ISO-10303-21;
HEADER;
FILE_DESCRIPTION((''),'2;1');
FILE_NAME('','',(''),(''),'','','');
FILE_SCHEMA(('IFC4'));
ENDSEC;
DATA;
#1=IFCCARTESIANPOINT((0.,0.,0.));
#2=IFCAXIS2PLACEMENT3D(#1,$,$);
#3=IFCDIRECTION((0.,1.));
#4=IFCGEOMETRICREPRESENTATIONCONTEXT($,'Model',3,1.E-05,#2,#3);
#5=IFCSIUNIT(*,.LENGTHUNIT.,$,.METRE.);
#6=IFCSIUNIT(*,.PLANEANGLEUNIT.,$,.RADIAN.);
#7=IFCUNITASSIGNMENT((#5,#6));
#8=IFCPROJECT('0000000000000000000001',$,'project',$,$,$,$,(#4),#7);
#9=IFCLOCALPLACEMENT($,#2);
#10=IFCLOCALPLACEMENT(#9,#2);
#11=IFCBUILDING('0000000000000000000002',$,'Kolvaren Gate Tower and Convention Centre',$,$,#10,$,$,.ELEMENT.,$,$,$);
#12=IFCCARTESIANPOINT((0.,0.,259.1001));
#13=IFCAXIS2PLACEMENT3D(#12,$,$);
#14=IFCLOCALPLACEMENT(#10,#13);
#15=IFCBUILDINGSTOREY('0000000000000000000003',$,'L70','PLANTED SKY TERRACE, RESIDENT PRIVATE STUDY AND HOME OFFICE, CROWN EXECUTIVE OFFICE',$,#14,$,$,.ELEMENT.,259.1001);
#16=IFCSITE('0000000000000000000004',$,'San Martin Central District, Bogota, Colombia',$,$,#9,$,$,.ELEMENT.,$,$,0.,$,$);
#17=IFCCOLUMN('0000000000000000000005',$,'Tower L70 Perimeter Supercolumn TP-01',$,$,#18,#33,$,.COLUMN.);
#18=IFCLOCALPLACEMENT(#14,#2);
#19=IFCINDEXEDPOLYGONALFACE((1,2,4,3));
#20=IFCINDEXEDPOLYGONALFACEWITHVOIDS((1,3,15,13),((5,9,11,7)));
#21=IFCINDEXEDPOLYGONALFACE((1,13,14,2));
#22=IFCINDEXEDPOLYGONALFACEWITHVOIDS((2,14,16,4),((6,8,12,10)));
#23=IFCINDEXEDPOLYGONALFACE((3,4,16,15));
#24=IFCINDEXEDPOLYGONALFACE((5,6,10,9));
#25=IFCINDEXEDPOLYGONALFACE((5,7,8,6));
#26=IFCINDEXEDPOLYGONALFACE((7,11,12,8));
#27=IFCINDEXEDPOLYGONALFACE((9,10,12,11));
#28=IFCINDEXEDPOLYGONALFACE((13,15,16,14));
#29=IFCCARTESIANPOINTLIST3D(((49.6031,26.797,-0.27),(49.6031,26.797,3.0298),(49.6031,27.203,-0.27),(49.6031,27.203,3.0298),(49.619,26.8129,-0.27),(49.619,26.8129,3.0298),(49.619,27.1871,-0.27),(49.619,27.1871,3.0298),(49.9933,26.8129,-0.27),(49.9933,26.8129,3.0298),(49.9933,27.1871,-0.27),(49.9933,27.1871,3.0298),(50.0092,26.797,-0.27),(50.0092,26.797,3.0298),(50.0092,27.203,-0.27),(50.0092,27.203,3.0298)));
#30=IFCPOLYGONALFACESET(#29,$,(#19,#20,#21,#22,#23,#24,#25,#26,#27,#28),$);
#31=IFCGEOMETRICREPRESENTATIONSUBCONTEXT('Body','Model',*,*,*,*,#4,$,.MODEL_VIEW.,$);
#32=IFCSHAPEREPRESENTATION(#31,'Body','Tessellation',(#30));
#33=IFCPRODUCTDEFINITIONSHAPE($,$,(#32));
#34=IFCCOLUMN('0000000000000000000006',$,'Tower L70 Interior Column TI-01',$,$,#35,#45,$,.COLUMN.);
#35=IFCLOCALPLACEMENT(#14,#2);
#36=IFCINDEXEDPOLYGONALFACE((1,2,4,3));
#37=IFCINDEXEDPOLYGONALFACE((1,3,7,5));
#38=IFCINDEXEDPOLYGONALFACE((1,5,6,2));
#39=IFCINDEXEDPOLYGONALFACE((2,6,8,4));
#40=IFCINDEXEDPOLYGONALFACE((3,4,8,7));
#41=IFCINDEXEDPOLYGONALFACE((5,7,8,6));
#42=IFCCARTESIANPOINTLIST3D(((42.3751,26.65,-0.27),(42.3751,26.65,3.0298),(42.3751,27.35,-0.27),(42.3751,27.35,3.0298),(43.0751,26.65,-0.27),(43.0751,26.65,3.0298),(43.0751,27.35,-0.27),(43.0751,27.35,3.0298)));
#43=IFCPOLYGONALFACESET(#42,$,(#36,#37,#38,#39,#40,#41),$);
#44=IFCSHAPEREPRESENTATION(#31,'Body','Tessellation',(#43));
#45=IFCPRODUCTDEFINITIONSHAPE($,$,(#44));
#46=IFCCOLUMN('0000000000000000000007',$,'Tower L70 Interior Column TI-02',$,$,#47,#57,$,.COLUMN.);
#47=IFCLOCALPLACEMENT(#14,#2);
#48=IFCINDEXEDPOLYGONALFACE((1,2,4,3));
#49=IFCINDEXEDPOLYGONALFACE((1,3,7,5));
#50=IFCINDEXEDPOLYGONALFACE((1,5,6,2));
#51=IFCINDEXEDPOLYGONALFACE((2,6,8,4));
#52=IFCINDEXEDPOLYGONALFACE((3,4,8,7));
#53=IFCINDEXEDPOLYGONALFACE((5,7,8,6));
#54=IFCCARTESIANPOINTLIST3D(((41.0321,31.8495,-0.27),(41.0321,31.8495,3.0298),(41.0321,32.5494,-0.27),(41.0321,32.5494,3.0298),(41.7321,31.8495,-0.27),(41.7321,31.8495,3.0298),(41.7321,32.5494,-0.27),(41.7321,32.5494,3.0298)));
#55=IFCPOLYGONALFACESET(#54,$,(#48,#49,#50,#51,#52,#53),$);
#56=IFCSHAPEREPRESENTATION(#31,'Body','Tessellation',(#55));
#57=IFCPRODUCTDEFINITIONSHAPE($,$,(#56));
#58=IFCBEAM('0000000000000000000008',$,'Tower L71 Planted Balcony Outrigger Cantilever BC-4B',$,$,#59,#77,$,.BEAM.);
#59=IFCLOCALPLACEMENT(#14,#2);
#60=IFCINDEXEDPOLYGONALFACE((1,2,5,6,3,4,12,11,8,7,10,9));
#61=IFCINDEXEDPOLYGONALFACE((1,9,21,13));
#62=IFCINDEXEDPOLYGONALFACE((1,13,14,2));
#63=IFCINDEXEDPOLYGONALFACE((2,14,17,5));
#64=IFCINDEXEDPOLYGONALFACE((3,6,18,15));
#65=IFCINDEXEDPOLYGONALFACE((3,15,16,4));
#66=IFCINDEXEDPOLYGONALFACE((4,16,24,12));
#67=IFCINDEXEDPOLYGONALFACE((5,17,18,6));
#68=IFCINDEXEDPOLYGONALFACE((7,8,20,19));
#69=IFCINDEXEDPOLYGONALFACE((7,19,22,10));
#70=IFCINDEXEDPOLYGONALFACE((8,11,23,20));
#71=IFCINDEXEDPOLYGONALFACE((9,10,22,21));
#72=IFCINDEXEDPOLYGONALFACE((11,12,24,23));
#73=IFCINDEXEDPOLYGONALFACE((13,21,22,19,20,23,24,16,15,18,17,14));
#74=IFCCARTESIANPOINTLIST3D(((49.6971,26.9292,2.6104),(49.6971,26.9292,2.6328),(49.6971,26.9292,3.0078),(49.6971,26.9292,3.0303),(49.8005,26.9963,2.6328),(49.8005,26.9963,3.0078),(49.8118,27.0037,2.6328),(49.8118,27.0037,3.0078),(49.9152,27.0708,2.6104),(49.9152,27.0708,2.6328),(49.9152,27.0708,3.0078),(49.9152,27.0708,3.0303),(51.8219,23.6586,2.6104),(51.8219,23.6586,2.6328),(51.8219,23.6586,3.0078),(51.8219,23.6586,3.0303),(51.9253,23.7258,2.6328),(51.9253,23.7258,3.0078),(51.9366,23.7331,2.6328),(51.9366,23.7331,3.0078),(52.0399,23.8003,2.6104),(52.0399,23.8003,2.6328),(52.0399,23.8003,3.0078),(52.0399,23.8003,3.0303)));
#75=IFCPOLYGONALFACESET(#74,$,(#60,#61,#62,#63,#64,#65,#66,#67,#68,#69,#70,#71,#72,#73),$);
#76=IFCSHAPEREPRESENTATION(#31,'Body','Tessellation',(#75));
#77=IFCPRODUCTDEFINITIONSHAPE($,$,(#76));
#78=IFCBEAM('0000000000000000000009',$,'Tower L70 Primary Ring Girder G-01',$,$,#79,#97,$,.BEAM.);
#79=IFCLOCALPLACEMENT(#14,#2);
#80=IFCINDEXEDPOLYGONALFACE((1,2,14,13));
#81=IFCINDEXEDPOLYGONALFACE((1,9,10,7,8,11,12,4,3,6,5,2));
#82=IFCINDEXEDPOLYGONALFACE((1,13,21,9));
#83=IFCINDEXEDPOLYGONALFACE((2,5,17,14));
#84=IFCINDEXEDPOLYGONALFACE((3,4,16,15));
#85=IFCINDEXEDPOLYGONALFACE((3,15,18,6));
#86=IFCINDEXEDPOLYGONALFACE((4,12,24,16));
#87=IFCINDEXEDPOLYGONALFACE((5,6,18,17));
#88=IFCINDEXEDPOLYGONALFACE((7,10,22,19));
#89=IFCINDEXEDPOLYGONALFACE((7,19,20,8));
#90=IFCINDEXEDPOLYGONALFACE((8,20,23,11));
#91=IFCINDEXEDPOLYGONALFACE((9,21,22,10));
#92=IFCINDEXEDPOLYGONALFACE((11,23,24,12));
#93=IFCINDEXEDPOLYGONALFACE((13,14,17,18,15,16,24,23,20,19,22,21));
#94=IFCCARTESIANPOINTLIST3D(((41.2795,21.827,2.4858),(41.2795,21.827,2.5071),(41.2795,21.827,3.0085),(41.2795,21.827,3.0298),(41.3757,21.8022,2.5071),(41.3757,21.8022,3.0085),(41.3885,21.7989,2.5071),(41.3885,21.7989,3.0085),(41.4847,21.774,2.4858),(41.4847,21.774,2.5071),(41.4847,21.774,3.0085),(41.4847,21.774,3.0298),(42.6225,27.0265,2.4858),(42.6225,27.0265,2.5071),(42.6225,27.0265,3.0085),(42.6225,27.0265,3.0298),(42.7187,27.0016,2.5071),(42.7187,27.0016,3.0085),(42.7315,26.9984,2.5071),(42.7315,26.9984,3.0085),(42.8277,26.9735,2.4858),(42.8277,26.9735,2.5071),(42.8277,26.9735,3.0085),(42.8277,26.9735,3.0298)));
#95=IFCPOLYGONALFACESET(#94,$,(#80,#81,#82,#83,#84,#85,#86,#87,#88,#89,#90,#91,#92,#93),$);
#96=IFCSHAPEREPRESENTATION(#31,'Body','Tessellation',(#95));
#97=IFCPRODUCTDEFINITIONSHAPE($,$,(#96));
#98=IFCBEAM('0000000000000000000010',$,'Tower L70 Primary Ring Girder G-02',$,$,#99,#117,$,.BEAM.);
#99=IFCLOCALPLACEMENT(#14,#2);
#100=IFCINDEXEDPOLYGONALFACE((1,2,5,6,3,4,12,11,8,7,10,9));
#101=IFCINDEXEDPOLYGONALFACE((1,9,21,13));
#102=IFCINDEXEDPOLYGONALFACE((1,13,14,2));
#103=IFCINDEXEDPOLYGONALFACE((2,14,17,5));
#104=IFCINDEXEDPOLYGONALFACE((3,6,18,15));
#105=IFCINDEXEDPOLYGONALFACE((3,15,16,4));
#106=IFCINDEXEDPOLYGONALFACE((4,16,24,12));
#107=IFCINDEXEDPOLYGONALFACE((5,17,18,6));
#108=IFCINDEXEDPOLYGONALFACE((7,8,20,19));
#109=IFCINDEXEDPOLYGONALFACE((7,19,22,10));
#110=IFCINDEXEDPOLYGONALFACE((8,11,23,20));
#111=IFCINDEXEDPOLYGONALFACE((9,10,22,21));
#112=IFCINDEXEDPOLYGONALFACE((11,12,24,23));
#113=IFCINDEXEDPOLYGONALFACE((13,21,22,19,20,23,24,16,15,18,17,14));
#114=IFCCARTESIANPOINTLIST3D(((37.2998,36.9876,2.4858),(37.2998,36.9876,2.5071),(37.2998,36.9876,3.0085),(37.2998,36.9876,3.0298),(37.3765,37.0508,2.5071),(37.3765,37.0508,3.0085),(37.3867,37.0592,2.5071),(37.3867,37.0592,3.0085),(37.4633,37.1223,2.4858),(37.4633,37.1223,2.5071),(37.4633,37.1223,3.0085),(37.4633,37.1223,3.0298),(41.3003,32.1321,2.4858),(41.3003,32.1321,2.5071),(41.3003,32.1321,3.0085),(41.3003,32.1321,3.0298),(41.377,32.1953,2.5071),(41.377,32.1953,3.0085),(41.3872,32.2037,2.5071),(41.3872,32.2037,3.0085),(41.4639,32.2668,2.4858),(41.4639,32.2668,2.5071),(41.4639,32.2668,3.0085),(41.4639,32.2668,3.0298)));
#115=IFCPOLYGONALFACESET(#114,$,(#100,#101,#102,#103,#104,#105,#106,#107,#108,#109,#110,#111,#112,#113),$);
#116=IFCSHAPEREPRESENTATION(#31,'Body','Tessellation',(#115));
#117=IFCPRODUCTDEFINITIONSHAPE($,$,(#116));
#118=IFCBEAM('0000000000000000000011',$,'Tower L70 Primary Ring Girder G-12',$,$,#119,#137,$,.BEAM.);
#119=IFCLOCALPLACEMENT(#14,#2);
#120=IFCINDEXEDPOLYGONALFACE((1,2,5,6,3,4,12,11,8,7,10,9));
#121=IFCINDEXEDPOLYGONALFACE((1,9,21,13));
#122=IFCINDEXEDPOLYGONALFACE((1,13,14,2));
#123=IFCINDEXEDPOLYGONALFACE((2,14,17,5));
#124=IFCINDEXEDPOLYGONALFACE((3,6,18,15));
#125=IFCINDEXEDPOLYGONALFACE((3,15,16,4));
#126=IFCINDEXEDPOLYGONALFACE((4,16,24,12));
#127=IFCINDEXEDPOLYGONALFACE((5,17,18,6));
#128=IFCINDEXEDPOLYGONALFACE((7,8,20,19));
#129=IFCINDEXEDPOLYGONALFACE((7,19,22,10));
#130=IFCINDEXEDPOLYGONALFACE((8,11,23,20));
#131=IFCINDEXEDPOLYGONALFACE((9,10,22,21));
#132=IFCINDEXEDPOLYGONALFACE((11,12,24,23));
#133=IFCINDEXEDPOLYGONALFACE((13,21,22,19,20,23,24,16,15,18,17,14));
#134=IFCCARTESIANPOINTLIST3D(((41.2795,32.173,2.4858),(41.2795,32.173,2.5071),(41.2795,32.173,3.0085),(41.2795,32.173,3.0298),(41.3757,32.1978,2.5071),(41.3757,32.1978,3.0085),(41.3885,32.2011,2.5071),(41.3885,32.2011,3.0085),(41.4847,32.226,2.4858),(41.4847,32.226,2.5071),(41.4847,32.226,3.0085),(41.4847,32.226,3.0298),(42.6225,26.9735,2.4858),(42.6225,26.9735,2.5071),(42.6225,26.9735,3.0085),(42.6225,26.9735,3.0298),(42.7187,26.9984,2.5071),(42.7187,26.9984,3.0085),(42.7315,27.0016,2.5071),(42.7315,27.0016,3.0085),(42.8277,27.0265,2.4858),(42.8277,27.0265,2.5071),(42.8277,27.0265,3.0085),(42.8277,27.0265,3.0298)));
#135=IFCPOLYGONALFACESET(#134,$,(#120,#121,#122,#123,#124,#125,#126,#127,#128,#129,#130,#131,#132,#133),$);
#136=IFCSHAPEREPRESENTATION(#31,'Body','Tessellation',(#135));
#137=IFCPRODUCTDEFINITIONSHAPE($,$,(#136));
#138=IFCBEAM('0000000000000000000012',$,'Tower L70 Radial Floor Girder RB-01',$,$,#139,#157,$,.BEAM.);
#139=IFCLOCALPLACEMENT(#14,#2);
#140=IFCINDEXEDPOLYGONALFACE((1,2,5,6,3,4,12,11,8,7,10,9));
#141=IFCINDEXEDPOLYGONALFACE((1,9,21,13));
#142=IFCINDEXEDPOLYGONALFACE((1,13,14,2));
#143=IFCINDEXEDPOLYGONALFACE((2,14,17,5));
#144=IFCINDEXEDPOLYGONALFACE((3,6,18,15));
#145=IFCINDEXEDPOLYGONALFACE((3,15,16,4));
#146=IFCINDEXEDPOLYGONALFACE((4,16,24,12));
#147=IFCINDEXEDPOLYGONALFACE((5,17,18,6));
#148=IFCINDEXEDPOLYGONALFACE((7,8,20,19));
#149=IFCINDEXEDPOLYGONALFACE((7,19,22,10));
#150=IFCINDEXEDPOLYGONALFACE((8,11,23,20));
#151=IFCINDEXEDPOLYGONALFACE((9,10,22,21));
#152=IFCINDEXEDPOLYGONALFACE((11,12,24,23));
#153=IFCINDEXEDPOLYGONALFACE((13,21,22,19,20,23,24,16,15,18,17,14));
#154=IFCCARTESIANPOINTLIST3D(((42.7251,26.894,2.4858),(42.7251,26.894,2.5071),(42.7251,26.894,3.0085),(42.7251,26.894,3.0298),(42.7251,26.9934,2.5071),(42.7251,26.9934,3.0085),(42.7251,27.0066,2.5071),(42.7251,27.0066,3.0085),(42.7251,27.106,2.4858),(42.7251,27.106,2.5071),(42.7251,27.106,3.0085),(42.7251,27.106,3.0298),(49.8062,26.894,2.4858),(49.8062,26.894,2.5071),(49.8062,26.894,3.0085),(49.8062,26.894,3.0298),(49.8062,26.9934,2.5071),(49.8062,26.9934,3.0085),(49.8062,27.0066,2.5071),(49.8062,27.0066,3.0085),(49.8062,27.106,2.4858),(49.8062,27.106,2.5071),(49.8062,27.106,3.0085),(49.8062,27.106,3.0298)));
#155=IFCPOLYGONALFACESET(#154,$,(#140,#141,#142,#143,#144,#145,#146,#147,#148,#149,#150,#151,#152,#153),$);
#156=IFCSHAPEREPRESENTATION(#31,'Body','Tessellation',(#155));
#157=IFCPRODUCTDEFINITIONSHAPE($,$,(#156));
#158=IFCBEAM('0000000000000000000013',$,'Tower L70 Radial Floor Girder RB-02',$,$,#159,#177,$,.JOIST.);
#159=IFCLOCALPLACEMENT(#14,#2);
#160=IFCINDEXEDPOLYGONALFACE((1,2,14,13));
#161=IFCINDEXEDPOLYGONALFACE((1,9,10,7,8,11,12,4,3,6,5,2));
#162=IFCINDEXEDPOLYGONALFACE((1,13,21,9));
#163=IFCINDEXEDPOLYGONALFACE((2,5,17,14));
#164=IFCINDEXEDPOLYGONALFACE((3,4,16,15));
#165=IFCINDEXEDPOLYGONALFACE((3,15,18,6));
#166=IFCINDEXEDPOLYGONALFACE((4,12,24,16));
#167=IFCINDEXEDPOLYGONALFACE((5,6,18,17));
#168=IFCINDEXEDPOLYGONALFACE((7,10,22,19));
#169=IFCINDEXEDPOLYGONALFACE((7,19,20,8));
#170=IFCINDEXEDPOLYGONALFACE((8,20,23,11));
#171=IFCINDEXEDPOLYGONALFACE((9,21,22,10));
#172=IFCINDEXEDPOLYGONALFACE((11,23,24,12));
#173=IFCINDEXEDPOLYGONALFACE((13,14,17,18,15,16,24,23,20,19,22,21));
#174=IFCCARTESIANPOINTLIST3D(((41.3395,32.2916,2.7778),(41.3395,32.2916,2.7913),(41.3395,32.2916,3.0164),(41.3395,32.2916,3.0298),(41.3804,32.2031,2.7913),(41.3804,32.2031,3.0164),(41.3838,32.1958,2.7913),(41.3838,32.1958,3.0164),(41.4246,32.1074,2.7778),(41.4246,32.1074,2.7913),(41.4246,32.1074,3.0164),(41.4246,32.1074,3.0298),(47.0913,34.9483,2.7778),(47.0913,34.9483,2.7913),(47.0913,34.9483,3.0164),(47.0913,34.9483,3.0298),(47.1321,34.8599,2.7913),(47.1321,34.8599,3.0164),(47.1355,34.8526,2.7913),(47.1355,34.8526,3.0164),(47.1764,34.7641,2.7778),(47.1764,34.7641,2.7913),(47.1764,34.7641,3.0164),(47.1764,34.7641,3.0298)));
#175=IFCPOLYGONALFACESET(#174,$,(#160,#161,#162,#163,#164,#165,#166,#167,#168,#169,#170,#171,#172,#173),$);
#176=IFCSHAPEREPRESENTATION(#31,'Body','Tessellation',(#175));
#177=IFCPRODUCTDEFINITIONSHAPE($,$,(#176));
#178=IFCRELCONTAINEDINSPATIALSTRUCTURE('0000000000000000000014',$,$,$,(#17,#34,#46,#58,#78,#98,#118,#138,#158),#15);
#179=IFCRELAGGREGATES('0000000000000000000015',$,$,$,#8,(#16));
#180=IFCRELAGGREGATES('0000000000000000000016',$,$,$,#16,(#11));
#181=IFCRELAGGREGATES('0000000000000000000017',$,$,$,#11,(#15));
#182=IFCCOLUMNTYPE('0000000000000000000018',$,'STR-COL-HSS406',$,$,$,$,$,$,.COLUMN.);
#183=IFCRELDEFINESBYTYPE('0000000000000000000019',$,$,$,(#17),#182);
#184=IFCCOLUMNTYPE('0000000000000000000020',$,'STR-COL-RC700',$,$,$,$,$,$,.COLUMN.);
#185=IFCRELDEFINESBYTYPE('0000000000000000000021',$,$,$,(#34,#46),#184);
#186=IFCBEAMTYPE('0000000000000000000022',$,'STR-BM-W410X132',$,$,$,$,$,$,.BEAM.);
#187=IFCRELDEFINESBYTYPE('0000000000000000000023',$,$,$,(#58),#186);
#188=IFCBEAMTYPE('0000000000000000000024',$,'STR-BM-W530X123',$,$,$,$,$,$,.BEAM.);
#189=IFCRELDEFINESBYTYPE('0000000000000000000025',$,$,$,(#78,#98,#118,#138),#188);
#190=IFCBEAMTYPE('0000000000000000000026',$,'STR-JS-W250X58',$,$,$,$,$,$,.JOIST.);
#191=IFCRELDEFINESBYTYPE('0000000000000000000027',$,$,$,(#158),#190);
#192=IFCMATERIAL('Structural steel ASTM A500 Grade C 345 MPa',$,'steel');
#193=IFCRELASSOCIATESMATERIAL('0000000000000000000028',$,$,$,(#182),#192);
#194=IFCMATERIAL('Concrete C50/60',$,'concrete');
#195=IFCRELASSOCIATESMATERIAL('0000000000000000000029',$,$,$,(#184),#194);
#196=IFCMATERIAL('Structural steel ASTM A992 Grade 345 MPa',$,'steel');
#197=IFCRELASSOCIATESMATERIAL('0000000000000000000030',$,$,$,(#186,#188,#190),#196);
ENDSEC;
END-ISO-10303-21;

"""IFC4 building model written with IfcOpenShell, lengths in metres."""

from ifc_helpers import new_model, si_unit, direction, frame, origin, origin_2d, place, context, subcontext, project, spatial, rectangle, hollow_rectangle, i_section, extrude, material, material_profile, profile_set, type_object, element, save


model = new_model("IFC4")

# Units and contexts
model_context = context("Model", 3, precision=1e-05, world=origin(), true_north=direction((0.0, 1.0)))
body_context = subcontext(model_context, "Body", "Model", "MODEL_VIEW")
ifc_project = project(units=[si_unit("LENGTHUNIT", "METRE"), si_unit("PLANEANGLEUNIT", "RADIAN")], contexts=[model_context])

# Site, building, storey
site_placement = place(None, origin())
site = spatial("IfcSite", under=ifc_project, at=site_placement, Name="San Martin Central District, Bogota, Colombia", CompositionType="ELEMENT", RefElevation=0.0)
building_placement = place(site_placement, origin())
building = spatial("IfcBuilding", under=site, at=building_placement, Name="Kolvaren Gate Tower and Convention Centre", CompositionType="ELEMENT")
storey_placement = place(building_placement, frame((0.0, 0.0, 259.1001)))
storey = spatial("IfcBuildingStorey", under=building, at=storey_placement, Name="L70", Description="PLANTED SKY TERRACE, RESIDENT PRIVATE STUDY AND HOME OFFICE, CROWN EXECUTIVE OFFICE", CompositionType="ELEMENT", Elevation=259.1001)

# Columns
ifc_material_1 = material(Name="Structural steel ASTM A500 Grade C 345 MPa", Category="steel")
ifc_material_profile_1 = material_profile(ifc_material_1, hollow_rectangle(XDim=0.406, YDim=0.406, WallThickness=0.0159, at=origin_2d()), Name="HSS406X406X15.9")
ifc_profile_set_1 = profile_set([ifc_material_profile_1], Name="Structural steel ASTM A500 Grade C 345 MPa")
column_type_1 = type_object("IfcColumnType", Name="STR-COL-HSS406", PredefinedType="COLUMN", material=ifc_profile_set_1)
column_placement = place(storey_placement, frame((49.8062, 27.0, -0.27), z_axis=(0.0, 0.0, 1.0), x_axis=(1.0, 0.0, 0.0)))
element("IfcColumn", 1, at=column_placement, inside=storey, type_object=column_type_1, Name="Tower L70 Perimeter Supercolumn TP-01", PredefinedType="COLUMN", context=body_context, shape_type="SweptSolid", body=[
    extrude(hollow_rectangle(XDim=0.406, YDim=0.406, WallThickness=0.0159, at=origin_2d()), origin(), (0.0, 0.0, 1.0), 3.2998),
])
ifc_material_2 = material(Name="Concrete C50/60", Category="concrete")
ifc_material_profile_2 = material_profile(ifc_material_2, rectangle(XDim=0.7, YDim=0.7, at=origin_2d()), Name="RC-COL-700X700")
ifc_profile_set_2 = profile_set([ifc_material_profile_2], Name="Concrete C50/60")
column_type_2 = type_object("IfcColumnType", Name="STR-COL-RC700", PredefinedType="COLUMN", material=ifc_profile_set_2)
for number, where, z_axis, x_axis, name in (
    (2, (42.7251, 27.0, -0.27), (0.0, 0.0, 1.0), (1.0, 0.0, 0.0), "Tower L70 Interior Column TI-01"),
    (3, (41.3821, 32.1995, -0.27), (0.0, 0.0, 1.0), (1.0, 0.0, 0.0), "Tower L70 Interior Column TI-02"),
):
    element("IfcColumn", number, at=place(storey_placement, frame(where, z_axis=z_axis, x_axis=x_axis)), inside=storey, type_object=column_type_2, Name=name, PredefinedType="COLUMN", context=body_context, shape_type="SweptSolid", body=[
        extrude(rectangle(XDim=0.7, YDim=0.7, at=origin_2d()), origin(), (0.0, 0.0, 1.0), 3.2998),
    ])

# Beams
ifc_material_3 = material(Name="Structural steel ASTM A992 Grade 345 MPa", Category="steel")
ifc_material_profile_3 = material_profile(ifc_material_3, i_section(OverallWidth=0.26, OverallDepth=0.4199, WebThickness=0.0134, FlangeThickness=0.0225, at=origin_2d()), Name="W410X132")
ifc_profile_set_3 = profile_set([ifc_material_profile_3], Name="Structural steel ASTM A992 Grade 345 MPa")
beam_type_1 = type_object("IfcBeamType", Name="STR-BM-W410X132", PredefinedType="BEAM", material=ifc_profile_set_3)
beam_1_placement = place(storey_placement, frame((49.8062, 27.0, 2.8203), z_axis=(0.544795, -0.838569, 0.0), x_axis=(0.838569, 0.544795, 0.0)))
element("IfcBeam", 4, at=beam_1_placement, inside=storey, type_object=beam_type_1, Name="Tower L71 Planted Balcony Outrigger Cantilever BC-4B", PredefinedType="BEAM", context=body_context, shape_type="SweptSolid", body=[
    extrude(i_section(OverallWidth=0.26, OverallDepth=0.4199, WebThickness=0.0134, FlangeThickness=0.0225, at=origin_2d()), origin(), (0.0, 0.0, 1.0), 3.9001),
])
ifc_material_profile_4 = material_profile(ifc_material_3, i_section(OverallWidth=0.2119, OverallDepth=0.5439, WebThickness=0.0132, FlangeThickness=0.0212, at=origin_2d()), Name="W530X123")
ifc_profile_set_4 = profile_set([ifc_material_profile_4], Name="Structural steel ASTM A992 Grade 345 MPa")
beam_type_2 = type_object("IfcBeamType", Name="STR-BM-W530X123", PredefinedType="BEAM", material=ifc_profile_set_4)
beam_2_placement = place(storey_placement, frame((42.7251, 27.0, 2.7578), z_axis=(-0.250091, -0.968222, 0.0), x_axis=(0.968222, -0.250091, 0.0)))
element("IfcBeam", 5, at=beam_2_placement, inside=storey, type_object=beam_type_2, Name="Tower L70 Primary Ring Girder G-01", PredefinedType="BEAM", context=body_context, shape_type="SweptSolid", body=[
    extrude(i_section(OverallWidth=0.2119, OverallDepth=0.5439, WebThickness=0.0132, FlangeThickness=0.0212, at=origin_2d()), origin(), (0.0, 0.0, 1.0), 5.3701),
])
beam_3_placement = place(storey_placement, frame((41.3821, 32.1995, 2.7578), z_axis=(-0.635884, 0.771785, 0.0), x_axis=(-0.771785, -0.635884, 0.0)))
element("IfcBeam", 6, at=beam_3_placement, inside=storey, type_object=beam_type_2, Name="Tower L70 Primary Ring Girder G-02", PredefinedType="BEAM", context=body_context, shape_type="SweptSolid", body=[
    extrude(i_section(OverallWidth=0.2119, OverallDepth=0.5439, WebThickness=0.0132, FlangeThickness=0.0212, at=origin_2d()), origin(), (0.0, 0.0, 1.0), 6.2913),
])
beam_4_placement = place(storey_placement, frame((42.7251, 27.0, 2.7578), z_axis=(-0.250091, 0.968222, 0.0), x_axis=(-0.968222, -0.250091, 0.0)))
element("IfcBeam", 7, at=beam_4_placement, inside=storey, type_object=beam_type_2, Name="Tower L70 Primary Ring Girder G-12", PredefinedType="BEAM", context=body_context, shape_type="SweptSolid", body=[
    extrude(i_section(OverallWidth=0.2119, OverallDepth=0.5439, WebThickness=0.0132, FlangeThickness=0.0212, at=origin_2d()), origin(), (0.0, 0.0, 1.0), 5.3701),
])
beam_5_placement = place(storey_placement, frame((42.7251, 27.0, 2.7578), z_axis=(1.0, 0.0, 0.0), x_axis=(0.0, 1.0, 0.0)))
element("IfcBeam", 8, at=beam_5_placement, inside=storey, type_object=beam_type_2, Name="Tower L70 Radial Floor Girder RB-01", PredefinedType="BEAM", context=body_context, shape_type="SweptSolid", body=[
    extrude(i_section(OverallWidth=0.2119, OverallDepth=0.5439, WebThickness=0.0132, FlangeThickness=0.0212, at=origin_2d()), origin(), (0.0, 0.0, 1.0), 7.0811),
])
ifc_material_profile_5 = material_profile(ifc_material_3, i_section(OverallWidth=0.2029, OverallDepth=0.252, WebThickness=0.0081, FlangeThickness=0.0134, at=origin_2d()), Name="W250X58")
ifc_profile_set_5 = profile_set([ifc_material_profile_5], Name="Structural steel ASTM A992 Grade 345 MPa")
beam_type_3 = type_object("IfcBeamType", Name="STR-JS-W250X58", PredefinedType="JOIST", material=ifc_profile_set_5)
beam_6_placement = place(storey_placement, frame((41.3821, 32.1995, 2.9038), z_axis=(0.907833, 0.419332, 0.0), x_axis=(-0.419332, 0.907833, 0.0)))
element("IfcBeam", 9, at=beam_6_placement, inside=storey, type_object=beam_type_3, Name="Tower L70 Radial Floor Girder RB-02", PredefinedType="JOIST", context=body_context, shape_type="SweptSolid", body=[
    extrude(i_section(OverallWidth=0.2029, OverallDepth=0.252, WebThickness=0.0081, FlangeThickness=0.0134, at=origin_2d()), origin(), (0.0, 0.0, 1.0), 6.3357),
])

save(model, "model.ifc")
